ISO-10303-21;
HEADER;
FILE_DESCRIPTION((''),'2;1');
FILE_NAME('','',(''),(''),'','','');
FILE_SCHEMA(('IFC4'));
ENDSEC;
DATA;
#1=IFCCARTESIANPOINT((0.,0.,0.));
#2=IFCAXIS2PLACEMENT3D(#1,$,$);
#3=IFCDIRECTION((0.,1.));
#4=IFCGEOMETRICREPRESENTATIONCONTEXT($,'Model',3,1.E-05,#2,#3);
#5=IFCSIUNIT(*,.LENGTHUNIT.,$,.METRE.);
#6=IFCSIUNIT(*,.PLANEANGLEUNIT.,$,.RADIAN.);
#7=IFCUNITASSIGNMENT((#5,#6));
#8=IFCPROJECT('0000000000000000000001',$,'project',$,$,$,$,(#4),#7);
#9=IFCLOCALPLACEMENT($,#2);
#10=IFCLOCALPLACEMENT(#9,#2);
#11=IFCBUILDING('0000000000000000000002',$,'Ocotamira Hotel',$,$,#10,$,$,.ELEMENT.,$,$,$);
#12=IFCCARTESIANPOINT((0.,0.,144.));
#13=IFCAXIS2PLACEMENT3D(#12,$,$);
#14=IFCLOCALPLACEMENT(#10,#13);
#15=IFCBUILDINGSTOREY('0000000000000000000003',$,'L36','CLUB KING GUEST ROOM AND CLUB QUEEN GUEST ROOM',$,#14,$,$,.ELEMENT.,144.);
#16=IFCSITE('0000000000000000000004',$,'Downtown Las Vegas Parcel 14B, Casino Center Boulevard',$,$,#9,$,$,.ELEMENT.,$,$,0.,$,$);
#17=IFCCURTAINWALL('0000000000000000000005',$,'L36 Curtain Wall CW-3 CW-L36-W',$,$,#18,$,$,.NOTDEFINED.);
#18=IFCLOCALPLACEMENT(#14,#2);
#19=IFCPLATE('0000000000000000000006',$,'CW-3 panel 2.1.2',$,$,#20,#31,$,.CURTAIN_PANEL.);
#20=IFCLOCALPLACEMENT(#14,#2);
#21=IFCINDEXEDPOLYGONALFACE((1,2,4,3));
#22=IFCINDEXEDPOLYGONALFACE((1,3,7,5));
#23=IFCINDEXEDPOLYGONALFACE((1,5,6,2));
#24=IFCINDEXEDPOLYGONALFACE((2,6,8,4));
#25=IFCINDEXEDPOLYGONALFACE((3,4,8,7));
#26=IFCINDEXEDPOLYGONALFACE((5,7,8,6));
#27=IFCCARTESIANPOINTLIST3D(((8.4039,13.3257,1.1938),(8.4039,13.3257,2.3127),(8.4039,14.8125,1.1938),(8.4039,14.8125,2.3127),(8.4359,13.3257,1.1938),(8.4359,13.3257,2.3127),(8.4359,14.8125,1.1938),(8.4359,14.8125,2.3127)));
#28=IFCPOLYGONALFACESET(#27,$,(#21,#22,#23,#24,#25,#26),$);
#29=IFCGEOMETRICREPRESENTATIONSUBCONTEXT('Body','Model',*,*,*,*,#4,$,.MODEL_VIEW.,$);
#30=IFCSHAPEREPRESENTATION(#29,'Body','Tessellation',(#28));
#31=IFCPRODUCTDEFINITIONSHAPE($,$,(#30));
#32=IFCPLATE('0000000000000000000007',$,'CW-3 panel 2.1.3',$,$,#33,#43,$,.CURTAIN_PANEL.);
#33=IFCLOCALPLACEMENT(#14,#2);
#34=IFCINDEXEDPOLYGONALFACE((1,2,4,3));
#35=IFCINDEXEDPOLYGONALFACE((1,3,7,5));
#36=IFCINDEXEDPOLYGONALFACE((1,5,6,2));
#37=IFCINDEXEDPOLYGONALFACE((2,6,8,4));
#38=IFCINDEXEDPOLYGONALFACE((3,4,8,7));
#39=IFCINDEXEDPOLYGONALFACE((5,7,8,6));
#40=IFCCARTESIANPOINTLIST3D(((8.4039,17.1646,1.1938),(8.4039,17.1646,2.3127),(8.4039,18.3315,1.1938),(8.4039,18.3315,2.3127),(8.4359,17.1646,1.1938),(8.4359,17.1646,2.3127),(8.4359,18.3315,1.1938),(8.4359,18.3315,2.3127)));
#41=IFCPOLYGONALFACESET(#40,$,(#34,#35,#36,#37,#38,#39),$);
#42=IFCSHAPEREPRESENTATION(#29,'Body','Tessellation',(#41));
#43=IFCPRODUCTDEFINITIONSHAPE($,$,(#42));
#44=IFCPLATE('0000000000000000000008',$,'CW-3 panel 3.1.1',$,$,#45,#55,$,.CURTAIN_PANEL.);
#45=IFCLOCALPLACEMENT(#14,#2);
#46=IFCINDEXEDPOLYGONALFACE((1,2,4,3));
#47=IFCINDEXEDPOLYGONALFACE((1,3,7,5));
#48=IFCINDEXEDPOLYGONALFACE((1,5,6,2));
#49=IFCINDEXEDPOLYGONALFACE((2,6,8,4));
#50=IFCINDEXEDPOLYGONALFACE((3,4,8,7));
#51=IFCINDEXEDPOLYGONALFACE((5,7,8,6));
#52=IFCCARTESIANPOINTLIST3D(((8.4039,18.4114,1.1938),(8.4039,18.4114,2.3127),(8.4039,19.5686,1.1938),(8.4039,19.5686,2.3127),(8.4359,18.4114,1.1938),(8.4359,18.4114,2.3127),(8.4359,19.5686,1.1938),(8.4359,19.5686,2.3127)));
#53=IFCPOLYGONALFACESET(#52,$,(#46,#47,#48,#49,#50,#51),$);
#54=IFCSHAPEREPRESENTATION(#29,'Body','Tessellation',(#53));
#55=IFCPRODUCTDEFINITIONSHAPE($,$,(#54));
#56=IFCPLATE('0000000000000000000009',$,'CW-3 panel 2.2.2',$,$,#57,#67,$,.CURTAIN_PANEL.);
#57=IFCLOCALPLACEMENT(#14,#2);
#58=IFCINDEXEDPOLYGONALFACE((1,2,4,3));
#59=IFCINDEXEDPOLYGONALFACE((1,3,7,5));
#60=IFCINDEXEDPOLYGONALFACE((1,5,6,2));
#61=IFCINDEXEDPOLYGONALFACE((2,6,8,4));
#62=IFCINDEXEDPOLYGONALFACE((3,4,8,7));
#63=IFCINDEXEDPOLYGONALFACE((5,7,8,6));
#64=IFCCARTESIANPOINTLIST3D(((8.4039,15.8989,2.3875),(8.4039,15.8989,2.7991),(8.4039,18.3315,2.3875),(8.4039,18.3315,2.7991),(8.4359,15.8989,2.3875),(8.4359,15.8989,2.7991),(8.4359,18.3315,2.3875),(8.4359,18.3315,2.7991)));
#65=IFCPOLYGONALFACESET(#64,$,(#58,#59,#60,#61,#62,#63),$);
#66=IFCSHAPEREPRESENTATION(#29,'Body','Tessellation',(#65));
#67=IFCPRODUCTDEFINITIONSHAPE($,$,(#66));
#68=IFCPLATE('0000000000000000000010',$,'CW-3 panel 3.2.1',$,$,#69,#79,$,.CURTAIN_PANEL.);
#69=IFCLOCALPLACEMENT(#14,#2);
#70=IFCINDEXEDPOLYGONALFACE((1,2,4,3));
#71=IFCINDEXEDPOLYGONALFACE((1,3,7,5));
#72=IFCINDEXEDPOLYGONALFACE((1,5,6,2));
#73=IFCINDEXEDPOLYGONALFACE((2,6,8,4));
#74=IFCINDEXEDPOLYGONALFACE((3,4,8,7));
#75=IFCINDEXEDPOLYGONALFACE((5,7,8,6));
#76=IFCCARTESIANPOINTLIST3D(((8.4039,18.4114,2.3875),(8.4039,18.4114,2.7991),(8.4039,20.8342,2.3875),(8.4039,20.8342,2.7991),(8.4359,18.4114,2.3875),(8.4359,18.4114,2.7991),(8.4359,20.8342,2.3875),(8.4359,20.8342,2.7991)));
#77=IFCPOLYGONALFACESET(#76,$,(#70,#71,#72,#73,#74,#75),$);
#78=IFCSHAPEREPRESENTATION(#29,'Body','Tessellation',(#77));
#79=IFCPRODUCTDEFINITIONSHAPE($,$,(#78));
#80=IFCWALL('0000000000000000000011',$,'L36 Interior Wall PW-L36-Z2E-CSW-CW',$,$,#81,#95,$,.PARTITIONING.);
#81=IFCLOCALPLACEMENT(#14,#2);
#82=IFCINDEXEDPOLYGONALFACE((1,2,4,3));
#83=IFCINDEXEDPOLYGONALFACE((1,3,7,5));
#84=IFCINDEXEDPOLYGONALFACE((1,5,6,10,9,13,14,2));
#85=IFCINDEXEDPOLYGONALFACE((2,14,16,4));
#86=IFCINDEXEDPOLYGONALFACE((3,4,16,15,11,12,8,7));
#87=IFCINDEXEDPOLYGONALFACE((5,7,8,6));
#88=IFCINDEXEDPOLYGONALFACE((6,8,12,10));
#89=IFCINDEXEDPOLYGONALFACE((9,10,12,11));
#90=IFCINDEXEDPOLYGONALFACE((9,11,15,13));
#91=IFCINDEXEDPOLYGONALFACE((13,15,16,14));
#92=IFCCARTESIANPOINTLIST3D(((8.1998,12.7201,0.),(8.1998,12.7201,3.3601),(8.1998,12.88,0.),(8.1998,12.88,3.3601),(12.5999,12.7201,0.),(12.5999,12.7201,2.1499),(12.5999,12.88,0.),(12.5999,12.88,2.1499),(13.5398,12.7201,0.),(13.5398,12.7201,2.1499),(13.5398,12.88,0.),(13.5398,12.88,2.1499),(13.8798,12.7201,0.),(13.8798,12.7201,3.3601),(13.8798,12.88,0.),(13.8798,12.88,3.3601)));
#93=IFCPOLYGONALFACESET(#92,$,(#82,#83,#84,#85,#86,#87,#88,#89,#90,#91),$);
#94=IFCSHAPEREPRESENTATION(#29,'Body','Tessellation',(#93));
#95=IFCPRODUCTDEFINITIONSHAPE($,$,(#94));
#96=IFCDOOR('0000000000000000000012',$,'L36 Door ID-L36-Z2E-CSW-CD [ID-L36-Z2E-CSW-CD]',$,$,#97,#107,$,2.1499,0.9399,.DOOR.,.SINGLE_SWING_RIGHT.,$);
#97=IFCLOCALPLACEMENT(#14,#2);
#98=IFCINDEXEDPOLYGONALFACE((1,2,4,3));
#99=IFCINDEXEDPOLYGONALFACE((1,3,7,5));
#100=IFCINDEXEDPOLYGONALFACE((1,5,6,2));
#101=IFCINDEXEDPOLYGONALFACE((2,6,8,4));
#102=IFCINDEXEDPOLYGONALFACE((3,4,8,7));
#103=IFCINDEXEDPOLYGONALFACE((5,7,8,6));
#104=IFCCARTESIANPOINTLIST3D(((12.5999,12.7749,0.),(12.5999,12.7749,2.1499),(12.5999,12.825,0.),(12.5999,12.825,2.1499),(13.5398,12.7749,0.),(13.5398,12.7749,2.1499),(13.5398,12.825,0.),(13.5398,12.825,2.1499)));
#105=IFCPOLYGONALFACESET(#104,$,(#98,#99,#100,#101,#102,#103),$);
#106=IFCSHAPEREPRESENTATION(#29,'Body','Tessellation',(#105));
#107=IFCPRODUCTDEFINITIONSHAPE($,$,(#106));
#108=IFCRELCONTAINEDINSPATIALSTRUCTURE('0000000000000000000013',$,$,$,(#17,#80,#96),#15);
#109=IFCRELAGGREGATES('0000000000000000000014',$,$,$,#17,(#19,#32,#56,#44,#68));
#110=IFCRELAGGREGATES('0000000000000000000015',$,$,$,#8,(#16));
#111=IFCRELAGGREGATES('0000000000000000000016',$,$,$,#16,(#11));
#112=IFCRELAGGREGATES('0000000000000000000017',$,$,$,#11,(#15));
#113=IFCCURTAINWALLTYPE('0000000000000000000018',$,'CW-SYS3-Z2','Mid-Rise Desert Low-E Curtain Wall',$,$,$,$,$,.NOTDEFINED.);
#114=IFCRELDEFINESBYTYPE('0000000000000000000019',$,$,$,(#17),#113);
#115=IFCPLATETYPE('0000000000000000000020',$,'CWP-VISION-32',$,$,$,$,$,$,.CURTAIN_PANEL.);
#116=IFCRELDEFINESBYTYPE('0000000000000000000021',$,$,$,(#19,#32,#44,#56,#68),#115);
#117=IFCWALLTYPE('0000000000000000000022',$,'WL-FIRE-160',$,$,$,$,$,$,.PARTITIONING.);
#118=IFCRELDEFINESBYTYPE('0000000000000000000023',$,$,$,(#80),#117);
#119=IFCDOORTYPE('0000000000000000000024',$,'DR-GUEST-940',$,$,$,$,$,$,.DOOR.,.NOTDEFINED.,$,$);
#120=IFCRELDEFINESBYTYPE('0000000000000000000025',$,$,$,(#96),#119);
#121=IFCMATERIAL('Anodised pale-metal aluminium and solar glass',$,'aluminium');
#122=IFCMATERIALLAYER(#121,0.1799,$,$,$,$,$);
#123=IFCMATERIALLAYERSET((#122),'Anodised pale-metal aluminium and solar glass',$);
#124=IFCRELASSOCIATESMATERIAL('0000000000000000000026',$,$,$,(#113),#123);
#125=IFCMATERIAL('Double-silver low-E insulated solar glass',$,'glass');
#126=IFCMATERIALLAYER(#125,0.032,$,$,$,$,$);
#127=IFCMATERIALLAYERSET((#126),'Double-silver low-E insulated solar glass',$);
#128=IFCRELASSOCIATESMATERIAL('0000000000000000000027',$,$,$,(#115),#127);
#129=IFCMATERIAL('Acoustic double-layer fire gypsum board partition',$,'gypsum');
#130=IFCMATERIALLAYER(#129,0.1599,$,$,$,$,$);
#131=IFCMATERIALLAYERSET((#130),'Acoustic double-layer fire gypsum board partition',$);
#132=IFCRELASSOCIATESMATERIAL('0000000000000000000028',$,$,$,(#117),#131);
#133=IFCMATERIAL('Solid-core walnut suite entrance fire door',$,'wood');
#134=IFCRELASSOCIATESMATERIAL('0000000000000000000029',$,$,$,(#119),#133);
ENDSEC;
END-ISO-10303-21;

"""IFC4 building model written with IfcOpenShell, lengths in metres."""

from ifc_helpers import new_model, si_unit, direction, frame, frame_2d, origin, origin_2d, place, context, subcontext, project, spatial, rectangle, extrude, source, transform, mapped, material, layer, layer_set, type_object, element, fill, aggregate, save


model = new_model("IFC4")

# Units and contexts
model_context = context("Model", 3, precision=1e-05, world=origin(), true_north=direction((0.0, 1.0)))
body_context = subcontext(model_context, "Body", "Model", "MODEL_VIEW")
ifc_project = project(units=[si_unit("LENGTHUNIT", "METRE"), si_unit("PLANEANGLEUNIT", "RADIAN")], contexts=[model_context])

# Site, building, storey
site_placement = place(None, origin())
site = spatial("IfcSite", under=ifc_project, at=site_placement, Name="Downtown Las Vegas Parcel 14B, Casino Center Boulevard", CompositionType="ELEMENT", RefElevation=0.0)
building_placement = place(site_placement, origin())
building = spatial("IfcBuilding", under=site, at=building_placement, Name="Ocotamira Hotel", CompositionType="ELEMENT")
storey_placement = place(building_placement, frame((0.0, 0.0, 144.0)))
storey = spatial("IfcBuildingStorey", under=building, at=storey_placement, Name="L36", Description="CLUB KING GUEST ROOM AND CLUB QUEEN GUEST ROOM", CompositionType="ELEMENT", Elevation=144.0)

# Curtain wall
ifc_material_1 = material(Name="Anodised pale-metal aluminium and solar glass", Category="aluminium")
ifc_layer_1 = layer(ifc_material_1, 0.1799)
ifc_layer_set_1 = layer_set([ifc_layer_1], Name="Anodised pale-metal aluminium and solar glass")
curtain_wall_type = type_object("IfcCurtainWallType", Name="CW-SYS3-Z2", Description="Mid-Rise Desert Low-E Curtain Wall", PredefinedType="NOTDEFINED", material=ifc_layer_set_1)
curtain_wall_placement = place(storey_placement, origin())
curtain_wall = element("IfcCurtainWall", 1, at=curtain_wall_placement, inside=storey, type_object=curtain_wall_type, Name="L36 Curtain Wall CW-3 CW-L36-W", PredefinedType="NOTDEFINED")

# Plates
ifc_material_2 = material(Name="Double-silver low-E insulated solar glass", Category="glass")
ifc_layer_2 = layer(ifc_material_2, 0.032)
ifc_layer_set_2 = layer_set([ifc_layer_2], Name="Double-silver low-E insulated solar glass")
plate_type_1 = type_object("IfcPlateType", Name="CWP-VISION-32", PredefinedType="CURTAIN_PANEL", material=ifc_layer_set_2)
shared_shape_1 = source(origin(), body_context, "Body", "SweptSolid", [
    extrude(rectangle(XDim=1.4868, YDim=0.032, at=origin_2d()), origin(), (0.0, 0.0, 1.0), 1.1189),
])
plate_1_placement = place(storey_placement, frame((8.4199, 14.0691, 1.1938), z_axis=(0.0, 0.0, 1.0), x_axis=(0.0, 1.0, 0.0)))
plate_1 = element("IfcPlate", 2, at=plate_1_placement, type_object=plate_type_1, Name="CW-3 panel 2.1.2", PredefinedType="CURTAIN_PANEL", context=body_context, shape_type="MappedRepresentation", body=[
    mapped(shared_shape_1, transform((0.0, 0.0, 0.0), scale=1.0)),
])
shared_shape_2 = source(origin(), body_context, "Body", "SweptSolid", [
    extrude(rectangle(XDim=1.167, YDim=0.032, at=origin_2d()), origin(), (0.0, 0.0, 1.0), 1.1189),
])
plate_2_placement = place(storey_placement, frame((8.4199, 17.748, 1.1938), z_axis=(0.0, 0.0, 1.0), x_axis=(0.0, 1.0, 0.0)))
plate_2 = element("IfcPlate", 3, at=plate_2_placement, type_object=plate_type_1, Name="CW-3 panel 2.1.3", PredefinedType="CURTAIN_PANEL", context=body_context, shape_type="MappedRepresentation", body=[
    mapped(shared_shape_2, transform((0.0, 0.0, 0.0), scale=1.0)),
])
shared_shape_3 = source(origin(), body_context, "Body", "SweptSolid", [
    extrude(rectangle(XDim=1.1572, YDim=0.032, at=origin_2d()), origin(), (0.0, 0.0, 1.0), 1.1189),
])
plate_3_placement = place(storey_placement, frame((8.4199, 18.99, 1.1938), z_axis=(0.0, 0.0, 1.0), x_axis=(0.0, 1.0, 0.0)))
plate_3 = element("IfcPlate", 4, at=plate_3_placement, type_object=plate_type_1, Name="CW-3 panel 3.1.1", PredefinedType="CURTAIN_PANEL", context=body_context, shape_type="MappedRepresentation", body=[
    mapped(shared_shape_3, transform((0.0, 0.0, 0.0), scale=1.0)),
])
shared_shape_4 = source(origin(), body_context, "Body", "SweptSolid", [
    extrude(rectangle(XDim=2.4326, YDim=0.032, at=origin_2d()), origin(), (0.0, 0.0, 1.0), 0.4116),
])
plate_4_placement = place(storey_placement, frame((8.4199, 17.1152, 2.3875), z_axis=(0.0, 0.0, 1.0), x_axis=(0.0, 1.0, 0.0)))
plate_4 = element("IfcPlate", 5, at=plate_4_placement, type_object=plate_type_1, Name="CW-3 panel 2.2.2", PredefinedType="CURTAIN_PANEL", context=body_context, shape_type="MappedRepresentation", body=[
    mapped(shared_shape_4, transform((0.0, 0.0, 0.0), scale=1.0)),
])
shared_shape_5 = source(origin(), body_context, "Body", "SweptSolid", [
    extrude(rectangle(XDim=2.4229, YDim=0.032, at=origin_2d()), origin(), (0.0, 0.0, 1.0), 0.4116),
])
plate_5_placement = place(storey_placement, frame((8.4199, 19.6228, 2.3875), z_axis=(0.0, 0.0, 1.0), x_axis=(0.0, 1.0, 0.0)))
plate_5 = element("IfcPlate", 6, at=plate_5_placement, type_object=plate_type_1, Name="CW-3 panel 3.2.1", PredefinedType="CURTAIN_PANEL", context=body_context, shape_type="MappedRepresentation", body=[
    mapped(shared_shape_5, transform((0.0, 0.0, 0.0), scale=1.0)),
])
aggregate(curtain_wall, [plate_1, plate_2, plate_4, plate_3, plate_5])

# Wall, opening, door
ifc_material_3 = material(Name="Acoustic double-layer fire gypsum board partition", Category="gypsum")
ifc_layer_3 = layer(ifc_material_3, 0.1599)
ifc_layer_set_3 = layer_set([ifc_layer_3], Name="Acoustic double-layer fire gypsum board partition")
wall_type_1 = type_object("IfcWallType", Name="WL-FIRE-160", PredefinedType="PARTITIONING", material=ifc_layer_set_3)
wall_1_placement = place(storey_placement, frame((8.2, 12.8, 0.0), z_axis=(0.0, 0.0, 1.0), x_axis=(1.0, 0.0, 0.0)))
wall_1 = element("IfcWall", 7, at=wall_1_placement, inside=storey, type_object=wall_type_1, Name="L36 Interior Wall PW-L36-Z2E-CSW-CW", PredefinedType="PARTITIONING", context=body_context, shape_type="SweptSolid", body=[
    extrude(rectangle(XDim=5.6799, YDim=0.1599, at=frame_2d((2.8398, 0.0))), origin(), (0.0, 0.0, 1.0), 3.3601),
])
opening_1_placement = place(wall_1_placement, frame((4.3999, 0.0, 0.0)))
opening_1 = element("IfcOpeningElement", 8, at=opening_1_placement, cuts=wall_1, PredefinedType="OPENING", context=body_context, shape_type="SweptSolid", body=[
    extrude(rectangle(XDim=0.9399, YDim=2.1499, at=frame_2d((0.47, 1.075))), frame((0.0, 0.0898, 0.0), z_axis=(0.0, -1.0, 0.0), x_axis=(1.0, 0.0, 0.0)), (0.0, 0.0, 1.0), 0.1799),
])
ifc_material_4 = material(Name="Solid-core walnut suite entrance fire door", Category="wood")
door_type_1 = type_object("IfcDoorType", Name="DR-GUEST-940", OperationType="NOTDEFINED", PredefinedType="DOOR", material=ifc_material_4)
shared_shape_6 = source(origin(), body_context, "Body", "SweptSolid", [
    extrude(rectangle(XDim=0.9399, YDim=2.1499, at=frame_2d((0.47, 1.075))), frame((0.0, 0.0249, 0.0), z_axis=(0.0, -1.0, 0.0), x_axis=(1.0, 0.0, 0.0)), (0.0, 0.0, 1.0), 0.05),
])
door_1_placement = place(opening_1_placement, origin())
door_1 = element("IfcDoor", 9, at=door_1_placement, inside=storey, type_object=door_type_1, Name="L36 Door ID-L36-Z2E-CSW-CD [ID-L36-Z2E-CSW-CD]", OperationType="SINGLE_SWING_RIGHT", OverallHeight=2.1499, OverallWidth=0.9399, PredefinedType="DOOR", context=body_context, shape_type="MappedRepresentation", body=[
    mapped(shared_shape_6, transform((0.0, 0.0, 0.0), scale=1.0)),
])
fill(opening_1, door_1)

save(model, "model.ifc")
